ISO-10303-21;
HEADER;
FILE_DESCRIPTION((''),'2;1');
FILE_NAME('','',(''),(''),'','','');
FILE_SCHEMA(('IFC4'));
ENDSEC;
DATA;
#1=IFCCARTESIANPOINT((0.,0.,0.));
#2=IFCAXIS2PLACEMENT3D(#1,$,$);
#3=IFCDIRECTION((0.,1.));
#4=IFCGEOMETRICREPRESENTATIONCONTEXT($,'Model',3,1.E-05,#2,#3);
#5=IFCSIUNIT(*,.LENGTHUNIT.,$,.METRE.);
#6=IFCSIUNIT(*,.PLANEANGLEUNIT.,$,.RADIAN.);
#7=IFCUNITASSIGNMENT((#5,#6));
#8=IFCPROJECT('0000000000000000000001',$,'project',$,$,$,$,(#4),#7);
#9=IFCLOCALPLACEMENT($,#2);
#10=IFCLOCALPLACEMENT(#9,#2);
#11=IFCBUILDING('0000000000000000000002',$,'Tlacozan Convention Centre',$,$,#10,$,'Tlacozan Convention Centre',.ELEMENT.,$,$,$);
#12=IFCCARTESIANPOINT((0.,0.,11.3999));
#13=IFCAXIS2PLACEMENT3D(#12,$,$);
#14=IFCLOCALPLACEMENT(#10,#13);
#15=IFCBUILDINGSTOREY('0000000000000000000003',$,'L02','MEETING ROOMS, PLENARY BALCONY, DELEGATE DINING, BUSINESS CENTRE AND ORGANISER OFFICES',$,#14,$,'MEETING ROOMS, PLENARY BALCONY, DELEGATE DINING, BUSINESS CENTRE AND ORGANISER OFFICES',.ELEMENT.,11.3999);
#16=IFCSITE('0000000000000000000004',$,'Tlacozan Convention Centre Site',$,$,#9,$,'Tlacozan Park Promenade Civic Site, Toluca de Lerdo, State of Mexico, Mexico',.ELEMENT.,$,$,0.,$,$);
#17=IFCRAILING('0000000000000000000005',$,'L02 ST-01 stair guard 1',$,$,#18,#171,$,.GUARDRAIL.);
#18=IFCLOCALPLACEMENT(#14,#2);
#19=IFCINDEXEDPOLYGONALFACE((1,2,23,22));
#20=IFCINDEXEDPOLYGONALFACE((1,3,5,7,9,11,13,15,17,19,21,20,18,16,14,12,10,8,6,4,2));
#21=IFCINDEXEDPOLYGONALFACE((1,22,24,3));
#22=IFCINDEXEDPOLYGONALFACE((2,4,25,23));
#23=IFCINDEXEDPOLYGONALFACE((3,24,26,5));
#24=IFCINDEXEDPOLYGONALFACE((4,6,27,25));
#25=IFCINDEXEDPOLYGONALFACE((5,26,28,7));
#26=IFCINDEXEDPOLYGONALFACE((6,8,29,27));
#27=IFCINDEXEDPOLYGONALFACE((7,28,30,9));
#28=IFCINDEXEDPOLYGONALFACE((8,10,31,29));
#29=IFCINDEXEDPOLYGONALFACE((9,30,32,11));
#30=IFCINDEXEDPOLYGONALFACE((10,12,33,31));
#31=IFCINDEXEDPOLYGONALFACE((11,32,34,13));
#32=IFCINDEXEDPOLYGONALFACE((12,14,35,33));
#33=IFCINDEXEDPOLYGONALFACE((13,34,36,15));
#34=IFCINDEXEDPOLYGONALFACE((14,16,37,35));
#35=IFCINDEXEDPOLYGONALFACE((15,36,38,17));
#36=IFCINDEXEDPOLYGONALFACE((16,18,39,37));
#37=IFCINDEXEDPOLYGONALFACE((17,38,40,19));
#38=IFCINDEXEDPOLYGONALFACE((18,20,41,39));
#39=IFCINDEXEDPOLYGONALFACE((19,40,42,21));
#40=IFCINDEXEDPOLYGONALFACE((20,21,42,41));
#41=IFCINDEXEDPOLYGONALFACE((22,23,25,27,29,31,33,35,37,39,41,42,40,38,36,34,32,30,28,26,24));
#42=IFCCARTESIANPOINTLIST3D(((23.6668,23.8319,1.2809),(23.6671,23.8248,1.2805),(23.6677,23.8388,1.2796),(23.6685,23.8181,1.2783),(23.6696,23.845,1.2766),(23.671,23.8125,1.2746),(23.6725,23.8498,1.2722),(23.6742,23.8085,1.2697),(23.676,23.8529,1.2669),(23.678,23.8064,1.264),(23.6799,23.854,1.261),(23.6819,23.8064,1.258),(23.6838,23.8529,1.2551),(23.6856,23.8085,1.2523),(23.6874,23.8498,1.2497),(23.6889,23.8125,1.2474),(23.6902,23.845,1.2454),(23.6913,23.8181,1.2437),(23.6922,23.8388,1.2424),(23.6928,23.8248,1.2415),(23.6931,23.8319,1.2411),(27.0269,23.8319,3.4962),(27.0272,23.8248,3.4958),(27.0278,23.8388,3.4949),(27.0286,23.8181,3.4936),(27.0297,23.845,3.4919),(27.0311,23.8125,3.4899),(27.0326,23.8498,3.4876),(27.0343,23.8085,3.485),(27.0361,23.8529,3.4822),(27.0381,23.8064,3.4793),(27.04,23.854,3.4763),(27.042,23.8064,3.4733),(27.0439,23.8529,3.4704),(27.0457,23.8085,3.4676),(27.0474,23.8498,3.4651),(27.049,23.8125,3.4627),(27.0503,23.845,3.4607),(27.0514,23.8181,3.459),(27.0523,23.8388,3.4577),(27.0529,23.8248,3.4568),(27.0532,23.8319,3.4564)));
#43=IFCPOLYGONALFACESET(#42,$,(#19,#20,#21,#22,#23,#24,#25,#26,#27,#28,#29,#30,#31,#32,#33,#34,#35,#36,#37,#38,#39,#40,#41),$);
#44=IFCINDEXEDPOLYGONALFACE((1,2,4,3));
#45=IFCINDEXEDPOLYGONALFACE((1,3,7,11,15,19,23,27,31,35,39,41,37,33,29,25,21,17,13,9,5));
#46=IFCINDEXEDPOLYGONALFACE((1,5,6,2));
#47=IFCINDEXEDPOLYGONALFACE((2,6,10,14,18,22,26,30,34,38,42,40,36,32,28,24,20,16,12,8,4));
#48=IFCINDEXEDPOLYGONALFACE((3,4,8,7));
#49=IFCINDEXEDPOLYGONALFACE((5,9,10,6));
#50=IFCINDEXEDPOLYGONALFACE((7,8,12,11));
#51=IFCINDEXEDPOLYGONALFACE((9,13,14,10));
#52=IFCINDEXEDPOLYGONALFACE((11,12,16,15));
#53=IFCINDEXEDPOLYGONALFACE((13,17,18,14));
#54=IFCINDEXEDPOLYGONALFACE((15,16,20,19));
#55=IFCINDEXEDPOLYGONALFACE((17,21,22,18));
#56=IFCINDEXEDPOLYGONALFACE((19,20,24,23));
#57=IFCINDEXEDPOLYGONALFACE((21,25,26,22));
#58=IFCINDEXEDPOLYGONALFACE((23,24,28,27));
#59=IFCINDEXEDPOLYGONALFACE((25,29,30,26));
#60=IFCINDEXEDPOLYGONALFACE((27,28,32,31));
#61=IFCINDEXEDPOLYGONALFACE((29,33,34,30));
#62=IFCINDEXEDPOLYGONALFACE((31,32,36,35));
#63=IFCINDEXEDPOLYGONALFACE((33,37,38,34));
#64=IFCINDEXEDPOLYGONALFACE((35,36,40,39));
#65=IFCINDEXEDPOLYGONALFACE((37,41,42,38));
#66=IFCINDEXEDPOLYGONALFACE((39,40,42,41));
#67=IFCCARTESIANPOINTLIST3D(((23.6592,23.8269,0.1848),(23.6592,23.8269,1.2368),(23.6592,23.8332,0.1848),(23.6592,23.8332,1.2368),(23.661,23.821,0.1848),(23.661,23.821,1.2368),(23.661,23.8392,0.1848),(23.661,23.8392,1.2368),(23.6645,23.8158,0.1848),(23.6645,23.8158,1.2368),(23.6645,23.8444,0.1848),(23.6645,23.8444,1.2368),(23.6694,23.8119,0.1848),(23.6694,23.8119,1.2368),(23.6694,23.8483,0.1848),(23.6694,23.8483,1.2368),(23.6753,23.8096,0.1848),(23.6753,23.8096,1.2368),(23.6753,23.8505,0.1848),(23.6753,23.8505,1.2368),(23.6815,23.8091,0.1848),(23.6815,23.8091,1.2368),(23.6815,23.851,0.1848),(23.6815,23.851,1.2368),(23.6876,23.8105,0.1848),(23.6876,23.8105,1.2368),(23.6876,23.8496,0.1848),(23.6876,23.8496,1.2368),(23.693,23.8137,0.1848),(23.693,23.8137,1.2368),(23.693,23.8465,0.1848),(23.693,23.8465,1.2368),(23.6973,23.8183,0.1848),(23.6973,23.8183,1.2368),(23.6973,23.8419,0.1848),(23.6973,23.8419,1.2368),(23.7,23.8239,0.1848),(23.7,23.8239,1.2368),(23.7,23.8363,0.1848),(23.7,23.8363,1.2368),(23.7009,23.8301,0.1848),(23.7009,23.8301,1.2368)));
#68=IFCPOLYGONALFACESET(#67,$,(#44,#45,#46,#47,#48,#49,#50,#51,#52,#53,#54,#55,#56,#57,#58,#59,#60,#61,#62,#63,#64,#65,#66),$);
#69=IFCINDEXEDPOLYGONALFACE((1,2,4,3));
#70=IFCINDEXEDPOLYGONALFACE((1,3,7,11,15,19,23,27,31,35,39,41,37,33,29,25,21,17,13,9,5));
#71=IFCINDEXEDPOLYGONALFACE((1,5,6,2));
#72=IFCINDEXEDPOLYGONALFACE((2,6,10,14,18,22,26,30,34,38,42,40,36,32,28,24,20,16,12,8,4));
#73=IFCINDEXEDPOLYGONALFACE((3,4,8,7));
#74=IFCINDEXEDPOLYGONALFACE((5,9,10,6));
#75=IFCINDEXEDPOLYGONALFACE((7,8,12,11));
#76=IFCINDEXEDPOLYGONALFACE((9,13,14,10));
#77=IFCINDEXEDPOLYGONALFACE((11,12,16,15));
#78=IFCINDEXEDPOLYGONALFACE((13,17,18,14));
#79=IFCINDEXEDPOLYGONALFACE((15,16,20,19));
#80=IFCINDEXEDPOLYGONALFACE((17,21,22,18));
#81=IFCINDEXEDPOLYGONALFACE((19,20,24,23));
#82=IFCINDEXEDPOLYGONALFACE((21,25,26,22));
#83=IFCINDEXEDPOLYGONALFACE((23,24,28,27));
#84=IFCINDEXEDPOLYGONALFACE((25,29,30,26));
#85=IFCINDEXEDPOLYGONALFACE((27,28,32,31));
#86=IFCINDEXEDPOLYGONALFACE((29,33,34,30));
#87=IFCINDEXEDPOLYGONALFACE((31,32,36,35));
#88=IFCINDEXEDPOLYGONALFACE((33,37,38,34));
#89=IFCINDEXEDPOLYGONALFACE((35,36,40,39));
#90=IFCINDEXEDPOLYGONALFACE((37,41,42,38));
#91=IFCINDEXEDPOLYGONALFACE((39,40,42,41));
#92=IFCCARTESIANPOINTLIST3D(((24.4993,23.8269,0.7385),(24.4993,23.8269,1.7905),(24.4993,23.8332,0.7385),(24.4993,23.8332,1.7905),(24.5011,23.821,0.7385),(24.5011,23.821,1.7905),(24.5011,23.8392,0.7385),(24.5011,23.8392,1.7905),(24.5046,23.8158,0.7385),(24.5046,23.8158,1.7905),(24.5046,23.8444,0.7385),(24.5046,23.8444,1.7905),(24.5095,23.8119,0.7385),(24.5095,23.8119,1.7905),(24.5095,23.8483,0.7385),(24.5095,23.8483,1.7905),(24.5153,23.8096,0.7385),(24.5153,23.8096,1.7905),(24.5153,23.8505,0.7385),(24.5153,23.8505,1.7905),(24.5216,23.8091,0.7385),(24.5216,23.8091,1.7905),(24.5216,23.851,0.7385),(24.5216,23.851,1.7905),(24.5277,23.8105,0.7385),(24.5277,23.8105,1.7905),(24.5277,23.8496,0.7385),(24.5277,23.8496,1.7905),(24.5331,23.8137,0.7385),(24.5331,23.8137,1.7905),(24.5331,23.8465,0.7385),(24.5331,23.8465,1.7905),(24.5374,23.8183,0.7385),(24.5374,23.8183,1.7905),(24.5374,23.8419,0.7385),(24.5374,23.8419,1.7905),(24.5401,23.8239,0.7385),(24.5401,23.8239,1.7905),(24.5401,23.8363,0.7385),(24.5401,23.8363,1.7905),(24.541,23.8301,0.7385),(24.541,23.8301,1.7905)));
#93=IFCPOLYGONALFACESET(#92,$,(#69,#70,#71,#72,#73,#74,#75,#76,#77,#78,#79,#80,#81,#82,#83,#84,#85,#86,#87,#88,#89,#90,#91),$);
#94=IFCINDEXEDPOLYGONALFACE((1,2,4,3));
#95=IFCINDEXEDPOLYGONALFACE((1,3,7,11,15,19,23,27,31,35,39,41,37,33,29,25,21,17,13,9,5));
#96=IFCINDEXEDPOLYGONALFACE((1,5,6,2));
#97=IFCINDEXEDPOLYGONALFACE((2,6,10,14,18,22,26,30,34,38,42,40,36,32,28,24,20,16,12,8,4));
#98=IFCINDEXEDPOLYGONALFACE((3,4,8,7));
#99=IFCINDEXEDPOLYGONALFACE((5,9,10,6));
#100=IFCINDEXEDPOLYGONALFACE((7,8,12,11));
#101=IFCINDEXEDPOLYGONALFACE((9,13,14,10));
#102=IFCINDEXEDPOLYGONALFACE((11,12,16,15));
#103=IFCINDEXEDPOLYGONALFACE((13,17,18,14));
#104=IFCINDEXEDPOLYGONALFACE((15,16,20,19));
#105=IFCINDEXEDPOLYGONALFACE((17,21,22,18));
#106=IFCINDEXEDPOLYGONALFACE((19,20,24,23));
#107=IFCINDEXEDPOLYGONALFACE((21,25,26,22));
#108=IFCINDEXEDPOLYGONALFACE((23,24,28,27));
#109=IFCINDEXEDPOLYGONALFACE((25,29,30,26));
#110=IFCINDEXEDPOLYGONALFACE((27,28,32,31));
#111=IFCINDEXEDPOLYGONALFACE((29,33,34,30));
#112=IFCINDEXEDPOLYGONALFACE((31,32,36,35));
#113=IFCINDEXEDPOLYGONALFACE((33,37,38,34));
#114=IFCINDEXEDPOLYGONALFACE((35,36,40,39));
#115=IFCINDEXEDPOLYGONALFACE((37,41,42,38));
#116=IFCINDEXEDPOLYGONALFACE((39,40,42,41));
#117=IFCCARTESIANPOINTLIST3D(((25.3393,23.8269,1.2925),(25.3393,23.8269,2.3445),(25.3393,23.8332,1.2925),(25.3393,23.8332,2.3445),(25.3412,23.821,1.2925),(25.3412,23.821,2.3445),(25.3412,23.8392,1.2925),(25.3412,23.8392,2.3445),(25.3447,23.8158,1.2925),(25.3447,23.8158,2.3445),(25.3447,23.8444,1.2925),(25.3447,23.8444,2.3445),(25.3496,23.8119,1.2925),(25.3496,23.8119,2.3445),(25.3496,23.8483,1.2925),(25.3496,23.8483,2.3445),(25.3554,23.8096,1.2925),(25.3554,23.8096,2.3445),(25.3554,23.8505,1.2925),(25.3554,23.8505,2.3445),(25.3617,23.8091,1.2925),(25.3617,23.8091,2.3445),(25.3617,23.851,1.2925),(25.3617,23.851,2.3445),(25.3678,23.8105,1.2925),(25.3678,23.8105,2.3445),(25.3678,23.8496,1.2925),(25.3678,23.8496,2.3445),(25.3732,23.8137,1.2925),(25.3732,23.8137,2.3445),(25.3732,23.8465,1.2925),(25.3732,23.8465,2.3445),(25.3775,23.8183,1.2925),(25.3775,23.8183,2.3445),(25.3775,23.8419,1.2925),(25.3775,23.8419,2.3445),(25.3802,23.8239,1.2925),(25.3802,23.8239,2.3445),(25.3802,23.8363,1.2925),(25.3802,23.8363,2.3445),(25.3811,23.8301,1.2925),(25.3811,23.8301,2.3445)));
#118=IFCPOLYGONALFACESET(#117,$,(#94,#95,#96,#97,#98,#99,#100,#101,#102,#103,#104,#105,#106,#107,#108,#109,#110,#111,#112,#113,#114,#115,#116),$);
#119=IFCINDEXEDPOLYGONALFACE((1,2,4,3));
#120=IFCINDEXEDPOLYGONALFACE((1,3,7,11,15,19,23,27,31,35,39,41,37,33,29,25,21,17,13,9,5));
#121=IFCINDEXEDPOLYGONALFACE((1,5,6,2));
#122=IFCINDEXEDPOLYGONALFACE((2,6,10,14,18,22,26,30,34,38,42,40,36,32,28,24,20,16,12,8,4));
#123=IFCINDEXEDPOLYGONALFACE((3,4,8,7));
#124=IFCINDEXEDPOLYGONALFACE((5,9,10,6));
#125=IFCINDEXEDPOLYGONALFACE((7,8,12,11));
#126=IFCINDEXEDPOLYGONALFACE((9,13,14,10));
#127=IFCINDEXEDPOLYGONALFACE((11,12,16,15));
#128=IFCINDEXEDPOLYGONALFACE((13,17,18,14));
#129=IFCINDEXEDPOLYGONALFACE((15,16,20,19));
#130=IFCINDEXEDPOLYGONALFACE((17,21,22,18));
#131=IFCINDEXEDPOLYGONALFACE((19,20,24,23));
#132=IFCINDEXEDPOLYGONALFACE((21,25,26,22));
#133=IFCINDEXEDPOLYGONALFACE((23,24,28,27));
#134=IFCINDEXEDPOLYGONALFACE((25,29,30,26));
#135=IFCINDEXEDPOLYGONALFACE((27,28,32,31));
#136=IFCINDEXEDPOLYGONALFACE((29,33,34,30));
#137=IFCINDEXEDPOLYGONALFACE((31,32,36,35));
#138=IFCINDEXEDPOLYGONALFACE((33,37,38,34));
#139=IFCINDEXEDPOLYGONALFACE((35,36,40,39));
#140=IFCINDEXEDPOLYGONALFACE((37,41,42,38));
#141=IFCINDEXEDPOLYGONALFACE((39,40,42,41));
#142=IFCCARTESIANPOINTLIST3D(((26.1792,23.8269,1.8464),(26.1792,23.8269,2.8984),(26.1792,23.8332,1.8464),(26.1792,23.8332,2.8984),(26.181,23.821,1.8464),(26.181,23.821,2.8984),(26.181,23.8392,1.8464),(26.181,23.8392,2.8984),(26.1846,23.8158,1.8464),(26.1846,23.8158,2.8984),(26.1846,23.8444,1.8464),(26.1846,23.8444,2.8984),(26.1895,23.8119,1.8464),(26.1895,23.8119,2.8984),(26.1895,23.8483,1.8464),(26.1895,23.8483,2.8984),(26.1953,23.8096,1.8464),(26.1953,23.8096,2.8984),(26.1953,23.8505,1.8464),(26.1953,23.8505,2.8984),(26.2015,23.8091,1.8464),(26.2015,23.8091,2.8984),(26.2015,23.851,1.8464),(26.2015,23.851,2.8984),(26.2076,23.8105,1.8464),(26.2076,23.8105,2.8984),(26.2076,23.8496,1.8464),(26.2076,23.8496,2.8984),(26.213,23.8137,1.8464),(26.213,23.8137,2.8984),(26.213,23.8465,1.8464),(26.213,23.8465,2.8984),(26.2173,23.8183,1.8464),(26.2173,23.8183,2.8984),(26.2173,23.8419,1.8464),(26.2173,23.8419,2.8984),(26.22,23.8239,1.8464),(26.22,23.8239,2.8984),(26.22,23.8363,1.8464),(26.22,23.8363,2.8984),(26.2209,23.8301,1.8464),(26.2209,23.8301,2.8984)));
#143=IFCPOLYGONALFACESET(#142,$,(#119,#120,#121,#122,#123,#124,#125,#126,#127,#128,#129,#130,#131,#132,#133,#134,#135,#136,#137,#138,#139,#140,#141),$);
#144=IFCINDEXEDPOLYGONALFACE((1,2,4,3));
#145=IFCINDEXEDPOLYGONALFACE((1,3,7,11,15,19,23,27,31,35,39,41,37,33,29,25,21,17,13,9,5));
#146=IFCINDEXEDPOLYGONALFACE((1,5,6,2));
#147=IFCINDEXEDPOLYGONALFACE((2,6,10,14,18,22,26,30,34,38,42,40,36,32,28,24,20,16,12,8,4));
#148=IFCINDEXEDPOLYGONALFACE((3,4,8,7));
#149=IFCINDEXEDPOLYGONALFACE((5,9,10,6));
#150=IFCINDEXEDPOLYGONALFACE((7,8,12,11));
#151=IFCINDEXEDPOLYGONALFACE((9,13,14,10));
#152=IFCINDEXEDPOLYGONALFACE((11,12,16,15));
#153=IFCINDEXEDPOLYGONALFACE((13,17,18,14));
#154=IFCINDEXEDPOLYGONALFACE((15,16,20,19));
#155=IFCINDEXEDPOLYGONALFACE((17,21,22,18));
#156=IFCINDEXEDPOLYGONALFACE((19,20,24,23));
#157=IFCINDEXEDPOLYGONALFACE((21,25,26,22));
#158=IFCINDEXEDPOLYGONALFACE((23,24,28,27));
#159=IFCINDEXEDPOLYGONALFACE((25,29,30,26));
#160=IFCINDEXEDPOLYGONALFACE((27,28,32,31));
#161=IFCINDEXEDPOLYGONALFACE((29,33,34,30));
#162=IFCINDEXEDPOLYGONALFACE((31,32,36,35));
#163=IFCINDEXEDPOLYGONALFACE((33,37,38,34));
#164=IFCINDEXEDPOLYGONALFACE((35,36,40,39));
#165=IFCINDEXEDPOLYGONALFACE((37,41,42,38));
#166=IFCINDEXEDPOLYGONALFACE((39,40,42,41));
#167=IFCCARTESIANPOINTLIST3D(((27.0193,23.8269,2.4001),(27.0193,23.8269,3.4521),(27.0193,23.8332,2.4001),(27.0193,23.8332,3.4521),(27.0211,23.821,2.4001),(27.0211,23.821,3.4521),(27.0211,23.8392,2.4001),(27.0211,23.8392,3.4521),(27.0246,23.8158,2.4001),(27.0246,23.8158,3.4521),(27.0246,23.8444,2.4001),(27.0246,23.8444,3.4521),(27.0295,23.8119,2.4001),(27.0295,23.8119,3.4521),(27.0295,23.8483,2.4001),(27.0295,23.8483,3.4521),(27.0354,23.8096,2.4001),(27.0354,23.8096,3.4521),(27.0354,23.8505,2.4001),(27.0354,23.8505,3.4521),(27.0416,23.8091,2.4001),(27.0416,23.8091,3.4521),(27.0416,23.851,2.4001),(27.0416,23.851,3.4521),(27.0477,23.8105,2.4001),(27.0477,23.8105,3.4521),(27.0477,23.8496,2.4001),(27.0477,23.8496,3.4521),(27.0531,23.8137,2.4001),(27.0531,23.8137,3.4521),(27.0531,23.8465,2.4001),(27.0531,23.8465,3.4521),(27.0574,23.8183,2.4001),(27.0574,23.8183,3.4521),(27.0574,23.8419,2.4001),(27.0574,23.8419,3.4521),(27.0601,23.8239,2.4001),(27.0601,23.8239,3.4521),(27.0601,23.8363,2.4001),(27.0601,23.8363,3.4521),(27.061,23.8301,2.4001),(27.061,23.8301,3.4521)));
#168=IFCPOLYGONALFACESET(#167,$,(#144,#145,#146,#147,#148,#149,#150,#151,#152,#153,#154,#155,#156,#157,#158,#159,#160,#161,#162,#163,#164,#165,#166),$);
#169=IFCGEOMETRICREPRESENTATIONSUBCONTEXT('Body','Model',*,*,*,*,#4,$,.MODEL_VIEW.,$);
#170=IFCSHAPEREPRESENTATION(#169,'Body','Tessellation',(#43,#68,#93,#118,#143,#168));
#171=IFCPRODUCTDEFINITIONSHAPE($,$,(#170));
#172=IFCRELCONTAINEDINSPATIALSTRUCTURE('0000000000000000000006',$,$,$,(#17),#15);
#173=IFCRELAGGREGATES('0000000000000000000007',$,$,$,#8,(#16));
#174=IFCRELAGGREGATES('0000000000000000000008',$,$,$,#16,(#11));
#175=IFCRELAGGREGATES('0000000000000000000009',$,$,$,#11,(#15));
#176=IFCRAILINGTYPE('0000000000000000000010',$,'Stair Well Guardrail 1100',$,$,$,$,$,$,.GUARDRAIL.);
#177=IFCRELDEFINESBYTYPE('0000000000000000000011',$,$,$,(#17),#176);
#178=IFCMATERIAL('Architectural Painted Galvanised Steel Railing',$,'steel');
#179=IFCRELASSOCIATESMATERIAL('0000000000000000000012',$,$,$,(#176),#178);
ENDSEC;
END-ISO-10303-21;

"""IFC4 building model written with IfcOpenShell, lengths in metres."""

from ifc_helpers import new_model, si_unit, direction, frame, origin, origin_2d, place, context, subcontext, project, spatial, circle, extrude, material, type_object, element, save


model = new_model("IFC4")

# Units and contexts
model_context = context("Model", 3, precision=1e-05, world=origin(), true_north=direction((0.0, 1.0)))
body_context = subcontext(model_context, "Body", "Model", "MODEL_VIEW")
ifc_project = project(units=[si_unit("LENGTHUNIT", "METRE"), si_unit("PLANEANGLEUNIT", "RADIAN")], contexts=[model_context])

# Site, building, storey
site_placement = place(None, origin())
site = spatial("IfcSite", under=ifc_project, at=site_placement, Name="Tlacozan Convention Centre Site", LongName="Tlacozan Park Promenade Civic Site, Toluca de Lerdo, State of Mexico, Mexico", CompositionType="ELEMENT", RefElevation=0.0)
building_placement = place(site_placement, origin())
building = spatial("IfcBuilding", under=site, at=building_placement, Name="Tlacozan Convention Centre", LongName="Tlacozan Convention Centre", CompositionType="ELEMENT")
storey_placement = place(building_placement, frame((0.0, 0.0, 11.3999)))
storey = spatial("IfcBuildingStorey", under=building, at=storey_placement, Name="L02", Description="MEETING ROOMS, PLENARY BALCONY, DELEGATE DINING, BUSINESS CENTRE AND ORGANISER OFFICES", LongName="MEETING ROOMS, PLENARY BALCONY, DELEGATE DINING, BUSINESS CENTRE AND ORGANISER OFFICES", CompositionType="ELEMENT", Elevation=11.3999)

# Railing
ifc_material_1 = material(Name="Architectural Painted Galvanised Steel Railing", Category="steel")
railing_type_1 = type_object("IfcRailingType", Name="Stair Well Guardrail 1100", PredefinedType="GUARDRAIL", material=ifc_material_1)
railing_1_placement = place(storey_placement, frame((23.6799, 23.8301, 0.1848)))
element("IfcRailing", 1, at=railing_1_placement, inside=storey, type_object=railing_type_1, Name="L02 ST-01 stair guard 1", PredefinedType="GUARDRAIL", context=body_context, shape_type="SweptSolid", body=[
    extrude(circle(Radius=0.0239, at=origin_2d()), frame((0.0, 0.0, 1.0762), z_axis=(0.834876, 0.0, 0.550437), x_axis=(0.0, 1.0, 0.0)), (0.0, 0.0, 1.0), 4.0247),
    extrude(circle(Radius=0.021, at=origin_2d()), origin(), (0.0, 0.0, 1.0), 1.052),
    extrude(circle(Radius=0.021, at=origin_2d()), frame((0.8401, 0.0, 0.5537)), (0.0, 0.0, 1.0), 1.052),
    extrude(circle(Radius=0.021, at=origin_2d()), frame((1.6802, 0.0, 1.1077)), (0.0, 0.0, 1.0), 1.052),
    extrude(circle(Radius=0.021, at=origin_2d()), frame((2.52, 0.0, 1.6616)), (0.0, 0.0, 1.0), 1.052),
    extrude(circle(Radius=0.021, at=origin_2d()), frame((3.3601, 0.0, 2.2153)), (0.0, 0.0, 1.0), 1.052),
])

save(model, "model.ifc")
